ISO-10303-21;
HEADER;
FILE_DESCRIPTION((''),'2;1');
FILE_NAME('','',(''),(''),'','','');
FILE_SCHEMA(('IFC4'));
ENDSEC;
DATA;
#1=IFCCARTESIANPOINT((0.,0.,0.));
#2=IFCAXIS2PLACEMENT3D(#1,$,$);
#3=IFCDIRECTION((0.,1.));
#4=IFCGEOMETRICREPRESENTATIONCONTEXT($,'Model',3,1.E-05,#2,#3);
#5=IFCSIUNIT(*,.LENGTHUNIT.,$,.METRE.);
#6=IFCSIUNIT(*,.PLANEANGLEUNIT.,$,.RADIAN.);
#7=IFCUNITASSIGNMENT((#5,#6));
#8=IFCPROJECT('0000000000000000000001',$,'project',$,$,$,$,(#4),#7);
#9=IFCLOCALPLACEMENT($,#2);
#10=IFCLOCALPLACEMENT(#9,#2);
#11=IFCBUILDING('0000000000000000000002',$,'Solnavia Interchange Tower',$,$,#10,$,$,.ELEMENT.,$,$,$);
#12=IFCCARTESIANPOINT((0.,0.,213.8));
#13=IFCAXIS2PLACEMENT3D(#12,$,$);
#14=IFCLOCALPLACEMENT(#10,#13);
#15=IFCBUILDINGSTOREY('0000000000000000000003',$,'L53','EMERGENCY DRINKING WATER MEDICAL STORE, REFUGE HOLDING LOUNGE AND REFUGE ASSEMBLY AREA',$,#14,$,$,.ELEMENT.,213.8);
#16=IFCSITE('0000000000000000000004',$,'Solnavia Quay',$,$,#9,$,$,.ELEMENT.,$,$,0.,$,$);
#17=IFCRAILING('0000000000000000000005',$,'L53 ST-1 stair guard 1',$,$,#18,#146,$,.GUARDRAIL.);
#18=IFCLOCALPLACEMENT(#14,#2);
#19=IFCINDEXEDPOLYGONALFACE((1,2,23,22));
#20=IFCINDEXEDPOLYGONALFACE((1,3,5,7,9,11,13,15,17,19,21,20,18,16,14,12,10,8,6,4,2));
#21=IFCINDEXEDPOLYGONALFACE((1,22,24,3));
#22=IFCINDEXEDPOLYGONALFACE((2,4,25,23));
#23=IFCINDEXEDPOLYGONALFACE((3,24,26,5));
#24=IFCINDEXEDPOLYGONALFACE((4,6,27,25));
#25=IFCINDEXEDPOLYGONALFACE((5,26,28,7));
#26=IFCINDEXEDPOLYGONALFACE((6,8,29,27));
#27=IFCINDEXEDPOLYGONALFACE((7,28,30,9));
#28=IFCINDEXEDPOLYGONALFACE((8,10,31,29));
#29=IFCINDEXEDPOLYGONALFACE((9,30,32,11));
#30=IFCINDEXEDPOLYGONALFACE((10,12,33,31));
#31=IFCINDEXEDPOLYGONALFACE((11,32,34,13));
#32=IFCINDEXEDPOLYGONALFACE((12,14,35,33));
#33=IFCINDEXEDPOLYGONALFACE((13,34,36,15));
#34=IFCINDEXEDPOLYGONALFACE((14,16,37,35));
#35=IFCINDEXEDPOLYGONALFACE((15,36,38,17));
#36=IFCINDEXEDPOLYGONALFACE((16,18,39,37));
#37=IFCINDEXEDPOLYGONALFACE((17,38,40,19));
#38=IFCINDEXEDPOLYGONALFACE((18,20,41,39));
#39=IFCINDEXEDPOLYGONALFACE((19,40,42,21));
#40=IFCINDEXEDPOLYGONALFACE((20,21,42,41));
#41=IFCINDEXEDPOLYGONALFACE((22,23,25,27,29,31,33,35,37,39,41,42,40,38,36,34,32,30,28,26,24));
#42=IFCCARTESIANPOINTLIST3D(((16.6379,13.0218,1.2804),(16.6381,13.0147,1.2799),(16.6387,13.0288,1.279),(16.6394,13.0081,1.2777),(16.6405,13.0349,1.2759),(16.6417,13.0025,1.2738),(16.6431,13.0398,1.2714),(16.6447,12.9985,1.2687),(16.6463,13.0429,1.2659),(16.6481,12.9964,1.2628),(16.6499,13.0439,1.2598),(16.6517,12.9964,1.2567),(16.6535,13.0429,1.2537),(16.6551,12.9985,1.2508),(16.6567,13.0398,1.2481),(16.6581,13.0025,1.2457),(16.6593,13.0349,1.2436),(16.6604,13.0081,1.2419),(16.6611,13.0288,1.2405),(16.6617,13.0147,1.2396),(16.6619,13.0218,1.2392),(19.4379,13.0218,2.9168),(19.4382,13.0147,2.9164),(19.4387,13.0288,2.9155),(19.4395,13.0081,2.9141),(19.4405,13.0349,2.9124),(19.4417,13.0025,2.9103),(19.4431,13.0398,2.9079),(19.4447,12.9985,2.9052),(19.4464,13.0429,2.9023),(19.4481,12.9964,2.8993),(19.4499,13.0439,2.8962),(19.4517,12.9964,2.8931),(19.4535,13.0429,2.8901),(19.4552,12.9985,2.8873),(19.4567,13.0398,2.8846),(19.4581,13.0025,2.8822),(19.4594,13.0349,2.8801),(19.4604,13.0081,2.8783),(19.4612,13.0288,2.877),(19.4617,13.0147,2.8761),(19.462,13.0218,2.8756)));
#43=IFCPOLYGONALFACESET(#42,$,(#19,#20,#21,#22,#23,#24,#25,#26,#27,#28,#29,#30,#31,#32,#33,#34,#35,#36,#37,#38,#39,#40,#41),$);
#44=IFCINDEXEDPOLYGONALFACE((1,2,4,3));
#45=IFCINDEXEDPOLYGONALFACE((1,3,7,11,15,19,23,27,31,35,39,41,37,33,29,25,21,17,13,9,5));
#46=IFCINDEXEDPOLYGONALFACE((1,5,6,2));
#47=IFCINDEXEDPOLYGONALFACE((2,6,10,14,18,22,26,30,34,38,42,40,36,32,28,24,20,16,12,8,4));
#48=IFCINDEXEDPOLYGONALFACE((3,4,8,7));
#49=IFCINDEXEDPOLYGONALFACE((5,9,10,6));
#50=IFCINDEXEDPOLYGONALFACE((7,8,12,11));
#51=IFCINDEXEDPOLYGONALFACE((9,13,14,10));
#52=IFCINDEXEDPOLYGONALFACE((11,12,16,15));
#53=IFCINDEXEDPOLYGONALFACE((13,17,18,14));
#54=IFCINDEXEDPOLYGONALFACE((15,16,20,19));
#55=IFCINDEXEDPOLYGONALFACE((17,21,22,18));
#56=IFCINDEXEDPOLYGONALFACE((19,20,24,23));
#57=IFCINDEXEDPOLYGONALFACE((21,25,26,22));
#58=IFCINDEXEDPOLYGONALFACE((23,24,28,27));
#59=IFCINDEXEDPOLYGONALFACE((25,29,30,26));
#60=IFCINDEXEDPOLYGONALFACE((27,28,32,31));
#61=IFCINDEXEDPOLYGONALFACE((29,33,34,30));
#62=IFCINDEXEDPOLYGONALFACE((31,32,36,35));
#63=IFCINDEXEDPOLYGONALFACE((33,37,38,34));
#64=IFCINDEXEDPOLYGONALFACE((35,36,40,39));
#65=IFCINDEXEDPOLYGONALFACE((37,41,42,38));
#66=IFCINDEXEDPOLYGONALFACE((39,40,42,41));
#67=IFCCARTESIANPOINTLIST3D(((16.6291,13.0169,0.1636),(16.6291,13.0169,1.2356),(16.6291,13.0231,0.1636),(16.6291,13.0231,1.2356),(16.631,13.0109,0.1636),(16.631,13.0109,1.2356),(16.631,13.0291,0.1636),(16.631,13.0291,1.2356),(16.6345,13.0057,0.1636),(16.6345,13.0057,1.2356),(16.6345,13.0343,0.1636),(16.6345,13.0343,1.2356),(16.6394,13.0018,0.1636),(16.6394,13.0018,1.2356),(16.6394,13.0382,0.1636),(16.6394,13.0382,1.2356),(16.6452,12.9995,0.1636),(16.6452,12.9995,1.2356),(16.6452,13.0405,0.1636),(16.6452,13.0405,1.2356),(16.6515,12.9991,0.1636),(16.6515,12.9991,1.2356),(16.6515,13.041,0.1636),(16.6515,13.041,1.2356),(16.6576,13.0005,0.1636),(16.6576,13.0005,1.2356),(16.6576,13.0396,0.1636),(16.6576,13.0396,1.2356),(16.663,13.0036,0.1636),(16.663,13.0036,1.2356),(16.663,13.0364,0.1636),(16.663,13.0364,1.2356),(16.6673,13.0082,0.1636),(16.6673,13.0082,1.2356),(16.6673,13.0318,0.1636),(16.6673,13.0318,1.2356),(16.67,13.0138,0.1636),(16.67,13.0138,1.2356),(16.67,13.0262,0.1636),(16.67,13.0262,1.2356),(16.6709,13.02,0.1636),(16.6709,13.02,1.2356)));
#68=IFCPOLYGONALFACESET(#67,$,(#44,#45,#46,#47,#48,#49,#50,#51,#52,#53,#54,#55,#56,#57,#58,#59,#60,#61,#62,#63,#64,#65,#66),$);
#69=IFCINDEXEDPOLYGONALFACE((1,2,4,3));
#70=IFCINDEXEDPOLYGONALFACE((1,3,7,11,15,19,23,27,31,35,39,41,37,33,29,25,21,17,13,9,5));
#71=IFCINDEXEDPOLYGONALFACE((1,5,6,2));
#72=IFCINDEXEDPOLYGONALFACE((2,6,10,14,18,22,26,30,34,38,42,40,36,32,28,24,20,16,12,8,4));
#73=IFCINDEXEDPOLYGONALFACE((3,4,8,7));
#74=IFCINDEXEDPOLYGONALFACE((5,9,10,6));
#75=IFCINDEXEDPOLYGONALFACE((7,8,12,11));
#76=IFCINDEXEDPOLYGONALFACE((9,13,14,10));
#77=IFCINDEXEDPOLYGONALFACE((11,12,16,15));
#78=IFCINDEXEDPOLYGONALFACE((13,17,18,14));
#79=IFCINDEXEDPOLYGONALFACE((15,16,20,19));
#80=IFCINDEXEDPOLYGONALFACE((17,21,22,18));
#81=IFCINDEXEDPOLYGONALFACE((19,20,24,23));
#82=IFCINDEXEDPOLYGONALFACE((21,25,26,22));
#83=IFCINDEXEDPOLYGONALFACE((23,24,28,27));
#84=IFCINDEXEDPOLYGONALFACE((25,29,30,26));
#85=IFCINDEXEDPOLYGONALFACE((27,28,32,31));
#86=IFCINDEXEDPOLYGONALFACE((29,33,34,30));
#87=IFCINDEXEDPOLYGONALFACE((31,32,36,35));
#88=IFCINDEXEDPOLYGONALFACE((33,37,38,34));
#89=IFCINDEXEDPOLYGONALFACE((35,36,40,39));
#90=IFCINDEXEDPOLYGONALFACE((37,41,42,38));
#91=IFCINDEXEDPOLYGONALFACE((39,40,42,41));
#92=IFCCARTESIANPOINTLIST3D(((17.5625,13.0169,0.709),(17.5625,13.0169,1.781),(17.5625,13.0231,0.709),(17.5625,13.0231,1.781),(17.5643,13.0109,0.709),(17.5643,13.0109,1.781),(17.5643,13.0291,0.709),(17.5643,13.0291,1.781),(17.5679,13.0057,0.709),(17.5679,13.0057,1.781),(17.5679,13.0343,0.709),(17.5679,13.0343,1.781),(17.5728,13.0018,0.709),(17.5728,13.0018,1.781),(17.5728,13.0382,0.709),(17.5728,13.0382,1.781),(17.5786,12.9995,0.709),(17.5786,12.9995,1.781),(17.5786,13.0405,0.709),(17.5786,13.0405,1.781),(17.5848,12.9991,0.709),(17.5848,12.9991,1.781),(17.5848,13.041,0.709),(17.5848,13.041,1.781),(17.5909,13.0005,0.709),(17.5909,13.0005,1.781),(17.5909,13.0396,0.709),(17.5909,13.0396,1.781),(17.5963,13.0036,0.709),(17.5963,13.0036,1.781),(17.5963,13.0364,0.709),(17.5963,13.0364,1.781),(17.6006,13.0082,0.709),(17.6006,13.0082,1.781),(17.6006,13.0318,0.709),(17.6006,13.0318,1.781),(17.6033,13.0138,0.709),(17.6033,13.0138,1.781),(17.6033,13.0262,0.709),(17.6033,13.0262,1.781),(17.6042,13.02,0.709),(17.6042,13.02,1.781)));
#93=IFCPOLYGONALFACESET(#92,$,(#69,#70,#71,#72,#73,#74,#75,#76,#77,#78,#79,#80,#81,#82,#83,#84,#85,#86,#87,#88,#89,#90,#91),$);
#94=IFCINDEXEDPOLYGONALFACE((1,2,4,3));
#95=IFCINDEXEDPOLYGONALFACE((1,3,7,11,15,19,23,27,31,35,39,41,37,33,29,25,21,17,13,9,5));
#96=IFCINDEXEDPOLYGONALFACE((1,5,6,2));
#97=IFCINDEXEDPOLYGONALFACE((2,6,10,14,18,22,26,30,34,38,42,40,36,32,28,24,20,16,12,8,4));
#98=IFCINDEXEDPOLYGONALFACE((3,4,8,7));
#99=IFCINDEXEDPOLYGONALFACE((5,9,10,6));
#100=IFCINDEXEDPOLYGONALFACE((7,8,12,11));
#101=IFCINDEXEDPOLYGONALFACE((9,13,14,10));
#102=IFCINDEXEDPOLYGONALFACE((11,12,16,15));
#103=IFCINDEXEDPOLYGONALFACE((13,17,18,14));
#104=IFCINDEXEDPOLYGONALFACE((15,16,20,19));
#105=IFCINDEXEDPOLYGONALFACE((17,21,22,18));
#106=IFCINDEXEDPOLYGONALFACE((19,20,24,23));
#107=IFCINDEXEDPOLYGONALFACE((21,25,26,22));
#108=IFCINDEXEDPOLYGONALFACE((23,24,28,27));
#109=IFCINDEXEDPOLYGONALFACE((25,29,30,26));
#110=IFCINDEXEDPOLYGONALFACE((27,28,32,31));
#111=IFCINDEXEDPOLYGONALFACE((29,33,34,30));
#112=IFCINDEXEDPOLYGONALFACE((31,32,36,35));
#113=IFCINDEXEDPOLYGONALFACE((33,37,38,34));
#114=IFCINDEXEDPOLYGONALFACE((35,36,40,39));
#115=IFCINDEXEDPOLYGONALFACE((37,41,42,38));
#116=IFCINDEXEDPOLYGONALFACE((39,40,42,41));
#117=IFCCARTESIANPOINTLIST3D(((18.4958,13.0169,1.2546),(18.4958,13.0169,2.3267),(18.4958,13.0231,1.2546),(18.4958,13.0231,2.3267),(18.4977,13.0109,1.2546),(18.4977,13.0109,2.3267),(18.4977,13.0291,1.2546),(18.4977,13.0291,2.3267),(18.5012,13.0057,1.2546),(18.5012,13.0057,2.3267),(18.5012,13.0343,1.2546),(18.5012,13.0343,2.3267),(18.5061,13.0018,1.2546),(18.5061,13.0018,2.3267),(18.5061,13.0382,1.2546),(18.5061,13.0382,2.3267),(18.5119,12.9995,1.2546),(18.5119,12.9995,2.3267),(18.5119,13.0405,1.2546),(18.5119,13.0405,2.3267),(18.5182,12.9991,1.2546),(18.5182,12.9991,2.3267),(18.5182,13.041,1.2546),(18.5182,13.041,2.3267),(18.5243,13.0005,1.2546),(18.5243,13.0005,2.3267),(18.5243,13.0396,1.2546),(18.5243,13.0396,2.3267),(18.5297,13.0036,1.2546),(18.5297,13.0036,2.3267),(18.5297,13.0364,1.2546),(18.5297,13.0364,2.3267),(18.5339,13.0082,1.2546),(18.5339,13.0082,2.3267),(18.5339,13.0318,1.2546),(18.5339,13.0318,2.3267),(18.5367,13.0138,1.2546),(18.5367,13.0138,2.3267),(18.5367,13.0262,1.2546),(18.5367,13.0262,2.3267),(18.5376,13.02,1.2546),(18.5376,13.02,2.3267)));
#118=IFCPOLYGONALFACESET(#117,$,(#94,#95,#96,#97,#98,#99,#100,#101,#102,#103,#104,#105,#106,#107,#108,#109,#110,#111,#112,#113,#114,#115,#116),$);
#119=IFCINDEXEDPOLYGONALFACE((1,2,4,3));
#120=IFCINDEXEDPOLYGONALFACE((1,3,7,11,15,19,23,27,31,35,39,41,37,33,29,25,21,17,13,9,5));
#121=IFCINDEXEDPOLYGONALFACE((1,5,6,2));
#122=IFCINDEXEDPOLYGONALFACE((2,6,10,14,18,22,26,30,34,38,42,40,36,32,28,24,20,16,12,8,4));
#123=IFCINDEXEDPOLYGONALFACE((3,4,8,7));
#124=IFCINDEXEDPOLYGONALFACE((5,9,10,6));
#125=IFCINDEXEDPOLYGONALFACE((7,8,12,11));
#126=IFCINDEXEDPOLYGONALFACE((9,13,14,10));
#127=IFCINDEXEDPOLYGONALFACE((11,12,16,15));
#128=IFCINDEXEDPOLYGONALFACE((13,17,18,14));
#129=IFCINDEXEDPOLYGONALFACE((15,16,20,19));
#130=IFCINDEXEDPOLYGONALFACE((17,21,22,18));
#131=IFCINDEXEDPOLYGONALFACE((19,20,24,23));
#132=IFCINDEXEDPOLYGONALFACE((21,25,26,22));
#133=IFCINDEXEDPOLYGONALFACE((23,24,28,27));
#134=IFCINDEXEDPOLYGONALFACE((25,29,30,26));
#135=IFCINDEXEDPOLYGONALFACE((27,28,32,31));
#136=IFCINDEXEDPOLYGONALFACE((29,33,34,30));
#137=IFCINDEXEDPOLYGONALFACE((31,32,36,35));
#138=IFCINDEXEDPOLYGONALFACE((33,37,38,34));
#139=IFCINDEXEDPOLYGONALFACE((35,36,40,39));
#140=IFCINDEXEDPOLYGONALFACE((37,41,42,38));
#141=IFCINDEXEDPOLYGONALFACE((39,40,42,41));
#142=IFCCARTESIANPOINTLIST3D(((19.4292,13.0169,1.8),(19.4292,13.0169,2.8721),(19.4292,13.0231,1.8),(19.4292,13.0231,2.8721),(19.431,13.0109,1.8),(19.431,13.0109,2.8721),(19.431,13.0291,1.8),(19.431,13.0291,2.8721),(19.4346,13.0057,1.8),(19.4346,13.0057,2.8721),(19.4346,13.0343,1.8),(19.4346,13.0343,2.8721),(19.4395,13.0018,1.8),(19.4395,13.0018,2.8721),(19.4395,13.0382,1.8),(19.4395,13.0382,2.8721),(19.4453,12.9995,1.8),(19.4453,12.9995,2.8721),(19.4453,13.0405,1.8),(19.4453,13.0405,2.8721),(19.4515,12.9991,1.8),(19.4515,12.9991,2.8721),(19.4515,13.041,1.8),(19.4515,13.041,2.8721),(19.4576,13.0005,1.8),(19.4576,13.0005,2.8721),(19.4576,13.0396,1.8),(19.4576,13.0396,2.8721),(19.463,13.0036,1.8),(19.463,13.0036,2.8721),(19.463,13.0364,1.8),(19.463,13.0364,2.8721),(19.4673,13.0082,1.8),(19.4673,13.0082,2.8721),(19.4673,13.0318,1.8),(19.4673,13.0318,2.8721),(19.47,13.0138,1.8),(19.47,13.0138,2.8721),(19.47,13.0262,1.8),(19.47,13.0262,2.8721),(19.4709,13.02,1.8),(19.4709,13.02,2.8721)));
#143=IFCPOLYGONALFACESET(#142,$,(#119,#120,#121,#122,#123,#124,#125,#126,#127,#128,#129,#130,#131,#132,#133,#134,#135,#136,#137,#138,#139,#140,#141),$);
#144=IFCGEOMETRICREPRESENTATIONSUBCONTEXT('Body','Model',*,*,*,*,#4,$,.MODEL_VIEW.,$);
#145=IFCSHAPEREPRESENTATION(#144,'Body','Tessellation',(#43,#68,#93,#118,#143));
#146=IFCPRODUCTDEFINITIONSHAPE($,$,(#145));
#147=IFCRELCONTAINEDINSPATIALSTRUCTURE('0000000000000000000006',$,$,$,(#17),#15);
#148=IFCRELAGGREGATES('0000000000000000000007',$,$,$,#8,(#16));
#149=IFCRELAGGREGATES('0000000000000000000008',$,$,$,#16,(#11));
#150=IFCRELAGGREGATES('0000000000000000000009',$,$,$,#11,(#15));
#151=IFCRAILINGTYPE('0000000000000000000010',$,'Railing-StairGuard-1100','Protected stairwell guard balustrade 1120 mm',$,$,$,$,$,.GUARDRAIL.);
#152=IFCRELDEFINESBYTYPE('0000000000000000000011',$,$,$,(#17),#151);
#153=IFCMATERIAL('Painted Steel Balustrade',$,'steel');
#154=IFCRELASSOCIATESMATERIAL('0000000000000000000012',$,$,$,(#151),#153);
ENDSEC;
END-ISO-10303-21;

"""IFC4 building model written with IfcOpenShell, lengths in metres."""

from ifc_helpers import new_model, si_unit, direction, frame, origin, origin_2d, place, context, subcontext, project, spatial, circle, extrude, material, type_object, element, save


model = new_model("IFC4")

# Units and contexts
model_context = context("Model", 3, precision=1e-05, world=origin(), true_north=direction((0.0, 1.0)))
body_context = subcontext(model_context, "Body", "Model", "MODEL_VIEW")
ifc_project = project(units=[si_unit("LENGTHUNIT", "METRE"), si_unit("PLANEANGLEUNIT", "RADIAN")], contexts=[model_context])

# Site, building, storey
site_placement = place(None, origin())
site = spatial("IfcSite", under=ifc_project, at=site_placement, Name="Solnavia Quay", CompositionType="ELEMENT", RefElevation=0.0)
building_placement = place(site_placement, origin())
building = spatial("IfcBuilding", under=site, at=building_placement, Name="Solnavia Interchange Tower", CompositionType="ELEMENT")
storey_placement = place(building_placement, frame((0.0, 0.0, 213.8)))
storey = spatial("IfcBuildingStorey", under=building, at=storey_placement, Name="L53", Description="EMERGENCY DRINKING WATER MEDICAL STORE, REFUGE HOLDING LOUNGE AND REFUGE ASSEMBLY AREA", CompositionType="ELEMENT", Elevation=213.8)

# Railing
ifc_material_1 = material(Name="Painted Steel Balustrade", Category="steel")
railing_type_1 = type_object("IfcRailingType", Name="Railing-StairGuard-1100", Description="Protected stairwell guard balustrade 1120 mm", PredefinedType="GUARDRAIL", material=ifc_material_1)
railing_1_placement = place(storey_placement, frame((16.6499, 13.02, 0.1636)))
element("IfcRailing", 1, at=railing_1_placement, inside=storey, type_object=railing_type_1, Name="L53 ST-1 stair guard 1", PredefinedType="GUARDRAIL", context=body_context, shape_type="SweptSolid", body=[
    extrude(circle(Radius=0.0239, at=origin_2d()), frame((0.0, 0.0, 1.0962), z_axis=(0.863361, 0.0, 0.504587), x_axis=(0.0, 1.0, 0.0)), (0.0, 0.0, 1.0), 3.2432),
    extrude(circle(Radius=0.021, at=origin_2d()), origin(), (0.0, 0.0, 1.0), 1.072),
    extrude(circle(Radius=0.021, at=origin_2d()), frame((0.9333, 0.0, 0.5454)), (0.0, 0.0, 1.0), 1.072),
    extrude(circle(Radius=0.021, at=origin_2d()), frame((1.8667, 0.0, 1.0911)), (0.0, 0.0, 1.0), 1.072),
    extrude(circle(Radius=0.021, at=origin_2d()), frame((2.8, 0.0, 1.6365)), (0.0, 0.0, 1.0), 1.072),
])

save(model, "model.ifc")
